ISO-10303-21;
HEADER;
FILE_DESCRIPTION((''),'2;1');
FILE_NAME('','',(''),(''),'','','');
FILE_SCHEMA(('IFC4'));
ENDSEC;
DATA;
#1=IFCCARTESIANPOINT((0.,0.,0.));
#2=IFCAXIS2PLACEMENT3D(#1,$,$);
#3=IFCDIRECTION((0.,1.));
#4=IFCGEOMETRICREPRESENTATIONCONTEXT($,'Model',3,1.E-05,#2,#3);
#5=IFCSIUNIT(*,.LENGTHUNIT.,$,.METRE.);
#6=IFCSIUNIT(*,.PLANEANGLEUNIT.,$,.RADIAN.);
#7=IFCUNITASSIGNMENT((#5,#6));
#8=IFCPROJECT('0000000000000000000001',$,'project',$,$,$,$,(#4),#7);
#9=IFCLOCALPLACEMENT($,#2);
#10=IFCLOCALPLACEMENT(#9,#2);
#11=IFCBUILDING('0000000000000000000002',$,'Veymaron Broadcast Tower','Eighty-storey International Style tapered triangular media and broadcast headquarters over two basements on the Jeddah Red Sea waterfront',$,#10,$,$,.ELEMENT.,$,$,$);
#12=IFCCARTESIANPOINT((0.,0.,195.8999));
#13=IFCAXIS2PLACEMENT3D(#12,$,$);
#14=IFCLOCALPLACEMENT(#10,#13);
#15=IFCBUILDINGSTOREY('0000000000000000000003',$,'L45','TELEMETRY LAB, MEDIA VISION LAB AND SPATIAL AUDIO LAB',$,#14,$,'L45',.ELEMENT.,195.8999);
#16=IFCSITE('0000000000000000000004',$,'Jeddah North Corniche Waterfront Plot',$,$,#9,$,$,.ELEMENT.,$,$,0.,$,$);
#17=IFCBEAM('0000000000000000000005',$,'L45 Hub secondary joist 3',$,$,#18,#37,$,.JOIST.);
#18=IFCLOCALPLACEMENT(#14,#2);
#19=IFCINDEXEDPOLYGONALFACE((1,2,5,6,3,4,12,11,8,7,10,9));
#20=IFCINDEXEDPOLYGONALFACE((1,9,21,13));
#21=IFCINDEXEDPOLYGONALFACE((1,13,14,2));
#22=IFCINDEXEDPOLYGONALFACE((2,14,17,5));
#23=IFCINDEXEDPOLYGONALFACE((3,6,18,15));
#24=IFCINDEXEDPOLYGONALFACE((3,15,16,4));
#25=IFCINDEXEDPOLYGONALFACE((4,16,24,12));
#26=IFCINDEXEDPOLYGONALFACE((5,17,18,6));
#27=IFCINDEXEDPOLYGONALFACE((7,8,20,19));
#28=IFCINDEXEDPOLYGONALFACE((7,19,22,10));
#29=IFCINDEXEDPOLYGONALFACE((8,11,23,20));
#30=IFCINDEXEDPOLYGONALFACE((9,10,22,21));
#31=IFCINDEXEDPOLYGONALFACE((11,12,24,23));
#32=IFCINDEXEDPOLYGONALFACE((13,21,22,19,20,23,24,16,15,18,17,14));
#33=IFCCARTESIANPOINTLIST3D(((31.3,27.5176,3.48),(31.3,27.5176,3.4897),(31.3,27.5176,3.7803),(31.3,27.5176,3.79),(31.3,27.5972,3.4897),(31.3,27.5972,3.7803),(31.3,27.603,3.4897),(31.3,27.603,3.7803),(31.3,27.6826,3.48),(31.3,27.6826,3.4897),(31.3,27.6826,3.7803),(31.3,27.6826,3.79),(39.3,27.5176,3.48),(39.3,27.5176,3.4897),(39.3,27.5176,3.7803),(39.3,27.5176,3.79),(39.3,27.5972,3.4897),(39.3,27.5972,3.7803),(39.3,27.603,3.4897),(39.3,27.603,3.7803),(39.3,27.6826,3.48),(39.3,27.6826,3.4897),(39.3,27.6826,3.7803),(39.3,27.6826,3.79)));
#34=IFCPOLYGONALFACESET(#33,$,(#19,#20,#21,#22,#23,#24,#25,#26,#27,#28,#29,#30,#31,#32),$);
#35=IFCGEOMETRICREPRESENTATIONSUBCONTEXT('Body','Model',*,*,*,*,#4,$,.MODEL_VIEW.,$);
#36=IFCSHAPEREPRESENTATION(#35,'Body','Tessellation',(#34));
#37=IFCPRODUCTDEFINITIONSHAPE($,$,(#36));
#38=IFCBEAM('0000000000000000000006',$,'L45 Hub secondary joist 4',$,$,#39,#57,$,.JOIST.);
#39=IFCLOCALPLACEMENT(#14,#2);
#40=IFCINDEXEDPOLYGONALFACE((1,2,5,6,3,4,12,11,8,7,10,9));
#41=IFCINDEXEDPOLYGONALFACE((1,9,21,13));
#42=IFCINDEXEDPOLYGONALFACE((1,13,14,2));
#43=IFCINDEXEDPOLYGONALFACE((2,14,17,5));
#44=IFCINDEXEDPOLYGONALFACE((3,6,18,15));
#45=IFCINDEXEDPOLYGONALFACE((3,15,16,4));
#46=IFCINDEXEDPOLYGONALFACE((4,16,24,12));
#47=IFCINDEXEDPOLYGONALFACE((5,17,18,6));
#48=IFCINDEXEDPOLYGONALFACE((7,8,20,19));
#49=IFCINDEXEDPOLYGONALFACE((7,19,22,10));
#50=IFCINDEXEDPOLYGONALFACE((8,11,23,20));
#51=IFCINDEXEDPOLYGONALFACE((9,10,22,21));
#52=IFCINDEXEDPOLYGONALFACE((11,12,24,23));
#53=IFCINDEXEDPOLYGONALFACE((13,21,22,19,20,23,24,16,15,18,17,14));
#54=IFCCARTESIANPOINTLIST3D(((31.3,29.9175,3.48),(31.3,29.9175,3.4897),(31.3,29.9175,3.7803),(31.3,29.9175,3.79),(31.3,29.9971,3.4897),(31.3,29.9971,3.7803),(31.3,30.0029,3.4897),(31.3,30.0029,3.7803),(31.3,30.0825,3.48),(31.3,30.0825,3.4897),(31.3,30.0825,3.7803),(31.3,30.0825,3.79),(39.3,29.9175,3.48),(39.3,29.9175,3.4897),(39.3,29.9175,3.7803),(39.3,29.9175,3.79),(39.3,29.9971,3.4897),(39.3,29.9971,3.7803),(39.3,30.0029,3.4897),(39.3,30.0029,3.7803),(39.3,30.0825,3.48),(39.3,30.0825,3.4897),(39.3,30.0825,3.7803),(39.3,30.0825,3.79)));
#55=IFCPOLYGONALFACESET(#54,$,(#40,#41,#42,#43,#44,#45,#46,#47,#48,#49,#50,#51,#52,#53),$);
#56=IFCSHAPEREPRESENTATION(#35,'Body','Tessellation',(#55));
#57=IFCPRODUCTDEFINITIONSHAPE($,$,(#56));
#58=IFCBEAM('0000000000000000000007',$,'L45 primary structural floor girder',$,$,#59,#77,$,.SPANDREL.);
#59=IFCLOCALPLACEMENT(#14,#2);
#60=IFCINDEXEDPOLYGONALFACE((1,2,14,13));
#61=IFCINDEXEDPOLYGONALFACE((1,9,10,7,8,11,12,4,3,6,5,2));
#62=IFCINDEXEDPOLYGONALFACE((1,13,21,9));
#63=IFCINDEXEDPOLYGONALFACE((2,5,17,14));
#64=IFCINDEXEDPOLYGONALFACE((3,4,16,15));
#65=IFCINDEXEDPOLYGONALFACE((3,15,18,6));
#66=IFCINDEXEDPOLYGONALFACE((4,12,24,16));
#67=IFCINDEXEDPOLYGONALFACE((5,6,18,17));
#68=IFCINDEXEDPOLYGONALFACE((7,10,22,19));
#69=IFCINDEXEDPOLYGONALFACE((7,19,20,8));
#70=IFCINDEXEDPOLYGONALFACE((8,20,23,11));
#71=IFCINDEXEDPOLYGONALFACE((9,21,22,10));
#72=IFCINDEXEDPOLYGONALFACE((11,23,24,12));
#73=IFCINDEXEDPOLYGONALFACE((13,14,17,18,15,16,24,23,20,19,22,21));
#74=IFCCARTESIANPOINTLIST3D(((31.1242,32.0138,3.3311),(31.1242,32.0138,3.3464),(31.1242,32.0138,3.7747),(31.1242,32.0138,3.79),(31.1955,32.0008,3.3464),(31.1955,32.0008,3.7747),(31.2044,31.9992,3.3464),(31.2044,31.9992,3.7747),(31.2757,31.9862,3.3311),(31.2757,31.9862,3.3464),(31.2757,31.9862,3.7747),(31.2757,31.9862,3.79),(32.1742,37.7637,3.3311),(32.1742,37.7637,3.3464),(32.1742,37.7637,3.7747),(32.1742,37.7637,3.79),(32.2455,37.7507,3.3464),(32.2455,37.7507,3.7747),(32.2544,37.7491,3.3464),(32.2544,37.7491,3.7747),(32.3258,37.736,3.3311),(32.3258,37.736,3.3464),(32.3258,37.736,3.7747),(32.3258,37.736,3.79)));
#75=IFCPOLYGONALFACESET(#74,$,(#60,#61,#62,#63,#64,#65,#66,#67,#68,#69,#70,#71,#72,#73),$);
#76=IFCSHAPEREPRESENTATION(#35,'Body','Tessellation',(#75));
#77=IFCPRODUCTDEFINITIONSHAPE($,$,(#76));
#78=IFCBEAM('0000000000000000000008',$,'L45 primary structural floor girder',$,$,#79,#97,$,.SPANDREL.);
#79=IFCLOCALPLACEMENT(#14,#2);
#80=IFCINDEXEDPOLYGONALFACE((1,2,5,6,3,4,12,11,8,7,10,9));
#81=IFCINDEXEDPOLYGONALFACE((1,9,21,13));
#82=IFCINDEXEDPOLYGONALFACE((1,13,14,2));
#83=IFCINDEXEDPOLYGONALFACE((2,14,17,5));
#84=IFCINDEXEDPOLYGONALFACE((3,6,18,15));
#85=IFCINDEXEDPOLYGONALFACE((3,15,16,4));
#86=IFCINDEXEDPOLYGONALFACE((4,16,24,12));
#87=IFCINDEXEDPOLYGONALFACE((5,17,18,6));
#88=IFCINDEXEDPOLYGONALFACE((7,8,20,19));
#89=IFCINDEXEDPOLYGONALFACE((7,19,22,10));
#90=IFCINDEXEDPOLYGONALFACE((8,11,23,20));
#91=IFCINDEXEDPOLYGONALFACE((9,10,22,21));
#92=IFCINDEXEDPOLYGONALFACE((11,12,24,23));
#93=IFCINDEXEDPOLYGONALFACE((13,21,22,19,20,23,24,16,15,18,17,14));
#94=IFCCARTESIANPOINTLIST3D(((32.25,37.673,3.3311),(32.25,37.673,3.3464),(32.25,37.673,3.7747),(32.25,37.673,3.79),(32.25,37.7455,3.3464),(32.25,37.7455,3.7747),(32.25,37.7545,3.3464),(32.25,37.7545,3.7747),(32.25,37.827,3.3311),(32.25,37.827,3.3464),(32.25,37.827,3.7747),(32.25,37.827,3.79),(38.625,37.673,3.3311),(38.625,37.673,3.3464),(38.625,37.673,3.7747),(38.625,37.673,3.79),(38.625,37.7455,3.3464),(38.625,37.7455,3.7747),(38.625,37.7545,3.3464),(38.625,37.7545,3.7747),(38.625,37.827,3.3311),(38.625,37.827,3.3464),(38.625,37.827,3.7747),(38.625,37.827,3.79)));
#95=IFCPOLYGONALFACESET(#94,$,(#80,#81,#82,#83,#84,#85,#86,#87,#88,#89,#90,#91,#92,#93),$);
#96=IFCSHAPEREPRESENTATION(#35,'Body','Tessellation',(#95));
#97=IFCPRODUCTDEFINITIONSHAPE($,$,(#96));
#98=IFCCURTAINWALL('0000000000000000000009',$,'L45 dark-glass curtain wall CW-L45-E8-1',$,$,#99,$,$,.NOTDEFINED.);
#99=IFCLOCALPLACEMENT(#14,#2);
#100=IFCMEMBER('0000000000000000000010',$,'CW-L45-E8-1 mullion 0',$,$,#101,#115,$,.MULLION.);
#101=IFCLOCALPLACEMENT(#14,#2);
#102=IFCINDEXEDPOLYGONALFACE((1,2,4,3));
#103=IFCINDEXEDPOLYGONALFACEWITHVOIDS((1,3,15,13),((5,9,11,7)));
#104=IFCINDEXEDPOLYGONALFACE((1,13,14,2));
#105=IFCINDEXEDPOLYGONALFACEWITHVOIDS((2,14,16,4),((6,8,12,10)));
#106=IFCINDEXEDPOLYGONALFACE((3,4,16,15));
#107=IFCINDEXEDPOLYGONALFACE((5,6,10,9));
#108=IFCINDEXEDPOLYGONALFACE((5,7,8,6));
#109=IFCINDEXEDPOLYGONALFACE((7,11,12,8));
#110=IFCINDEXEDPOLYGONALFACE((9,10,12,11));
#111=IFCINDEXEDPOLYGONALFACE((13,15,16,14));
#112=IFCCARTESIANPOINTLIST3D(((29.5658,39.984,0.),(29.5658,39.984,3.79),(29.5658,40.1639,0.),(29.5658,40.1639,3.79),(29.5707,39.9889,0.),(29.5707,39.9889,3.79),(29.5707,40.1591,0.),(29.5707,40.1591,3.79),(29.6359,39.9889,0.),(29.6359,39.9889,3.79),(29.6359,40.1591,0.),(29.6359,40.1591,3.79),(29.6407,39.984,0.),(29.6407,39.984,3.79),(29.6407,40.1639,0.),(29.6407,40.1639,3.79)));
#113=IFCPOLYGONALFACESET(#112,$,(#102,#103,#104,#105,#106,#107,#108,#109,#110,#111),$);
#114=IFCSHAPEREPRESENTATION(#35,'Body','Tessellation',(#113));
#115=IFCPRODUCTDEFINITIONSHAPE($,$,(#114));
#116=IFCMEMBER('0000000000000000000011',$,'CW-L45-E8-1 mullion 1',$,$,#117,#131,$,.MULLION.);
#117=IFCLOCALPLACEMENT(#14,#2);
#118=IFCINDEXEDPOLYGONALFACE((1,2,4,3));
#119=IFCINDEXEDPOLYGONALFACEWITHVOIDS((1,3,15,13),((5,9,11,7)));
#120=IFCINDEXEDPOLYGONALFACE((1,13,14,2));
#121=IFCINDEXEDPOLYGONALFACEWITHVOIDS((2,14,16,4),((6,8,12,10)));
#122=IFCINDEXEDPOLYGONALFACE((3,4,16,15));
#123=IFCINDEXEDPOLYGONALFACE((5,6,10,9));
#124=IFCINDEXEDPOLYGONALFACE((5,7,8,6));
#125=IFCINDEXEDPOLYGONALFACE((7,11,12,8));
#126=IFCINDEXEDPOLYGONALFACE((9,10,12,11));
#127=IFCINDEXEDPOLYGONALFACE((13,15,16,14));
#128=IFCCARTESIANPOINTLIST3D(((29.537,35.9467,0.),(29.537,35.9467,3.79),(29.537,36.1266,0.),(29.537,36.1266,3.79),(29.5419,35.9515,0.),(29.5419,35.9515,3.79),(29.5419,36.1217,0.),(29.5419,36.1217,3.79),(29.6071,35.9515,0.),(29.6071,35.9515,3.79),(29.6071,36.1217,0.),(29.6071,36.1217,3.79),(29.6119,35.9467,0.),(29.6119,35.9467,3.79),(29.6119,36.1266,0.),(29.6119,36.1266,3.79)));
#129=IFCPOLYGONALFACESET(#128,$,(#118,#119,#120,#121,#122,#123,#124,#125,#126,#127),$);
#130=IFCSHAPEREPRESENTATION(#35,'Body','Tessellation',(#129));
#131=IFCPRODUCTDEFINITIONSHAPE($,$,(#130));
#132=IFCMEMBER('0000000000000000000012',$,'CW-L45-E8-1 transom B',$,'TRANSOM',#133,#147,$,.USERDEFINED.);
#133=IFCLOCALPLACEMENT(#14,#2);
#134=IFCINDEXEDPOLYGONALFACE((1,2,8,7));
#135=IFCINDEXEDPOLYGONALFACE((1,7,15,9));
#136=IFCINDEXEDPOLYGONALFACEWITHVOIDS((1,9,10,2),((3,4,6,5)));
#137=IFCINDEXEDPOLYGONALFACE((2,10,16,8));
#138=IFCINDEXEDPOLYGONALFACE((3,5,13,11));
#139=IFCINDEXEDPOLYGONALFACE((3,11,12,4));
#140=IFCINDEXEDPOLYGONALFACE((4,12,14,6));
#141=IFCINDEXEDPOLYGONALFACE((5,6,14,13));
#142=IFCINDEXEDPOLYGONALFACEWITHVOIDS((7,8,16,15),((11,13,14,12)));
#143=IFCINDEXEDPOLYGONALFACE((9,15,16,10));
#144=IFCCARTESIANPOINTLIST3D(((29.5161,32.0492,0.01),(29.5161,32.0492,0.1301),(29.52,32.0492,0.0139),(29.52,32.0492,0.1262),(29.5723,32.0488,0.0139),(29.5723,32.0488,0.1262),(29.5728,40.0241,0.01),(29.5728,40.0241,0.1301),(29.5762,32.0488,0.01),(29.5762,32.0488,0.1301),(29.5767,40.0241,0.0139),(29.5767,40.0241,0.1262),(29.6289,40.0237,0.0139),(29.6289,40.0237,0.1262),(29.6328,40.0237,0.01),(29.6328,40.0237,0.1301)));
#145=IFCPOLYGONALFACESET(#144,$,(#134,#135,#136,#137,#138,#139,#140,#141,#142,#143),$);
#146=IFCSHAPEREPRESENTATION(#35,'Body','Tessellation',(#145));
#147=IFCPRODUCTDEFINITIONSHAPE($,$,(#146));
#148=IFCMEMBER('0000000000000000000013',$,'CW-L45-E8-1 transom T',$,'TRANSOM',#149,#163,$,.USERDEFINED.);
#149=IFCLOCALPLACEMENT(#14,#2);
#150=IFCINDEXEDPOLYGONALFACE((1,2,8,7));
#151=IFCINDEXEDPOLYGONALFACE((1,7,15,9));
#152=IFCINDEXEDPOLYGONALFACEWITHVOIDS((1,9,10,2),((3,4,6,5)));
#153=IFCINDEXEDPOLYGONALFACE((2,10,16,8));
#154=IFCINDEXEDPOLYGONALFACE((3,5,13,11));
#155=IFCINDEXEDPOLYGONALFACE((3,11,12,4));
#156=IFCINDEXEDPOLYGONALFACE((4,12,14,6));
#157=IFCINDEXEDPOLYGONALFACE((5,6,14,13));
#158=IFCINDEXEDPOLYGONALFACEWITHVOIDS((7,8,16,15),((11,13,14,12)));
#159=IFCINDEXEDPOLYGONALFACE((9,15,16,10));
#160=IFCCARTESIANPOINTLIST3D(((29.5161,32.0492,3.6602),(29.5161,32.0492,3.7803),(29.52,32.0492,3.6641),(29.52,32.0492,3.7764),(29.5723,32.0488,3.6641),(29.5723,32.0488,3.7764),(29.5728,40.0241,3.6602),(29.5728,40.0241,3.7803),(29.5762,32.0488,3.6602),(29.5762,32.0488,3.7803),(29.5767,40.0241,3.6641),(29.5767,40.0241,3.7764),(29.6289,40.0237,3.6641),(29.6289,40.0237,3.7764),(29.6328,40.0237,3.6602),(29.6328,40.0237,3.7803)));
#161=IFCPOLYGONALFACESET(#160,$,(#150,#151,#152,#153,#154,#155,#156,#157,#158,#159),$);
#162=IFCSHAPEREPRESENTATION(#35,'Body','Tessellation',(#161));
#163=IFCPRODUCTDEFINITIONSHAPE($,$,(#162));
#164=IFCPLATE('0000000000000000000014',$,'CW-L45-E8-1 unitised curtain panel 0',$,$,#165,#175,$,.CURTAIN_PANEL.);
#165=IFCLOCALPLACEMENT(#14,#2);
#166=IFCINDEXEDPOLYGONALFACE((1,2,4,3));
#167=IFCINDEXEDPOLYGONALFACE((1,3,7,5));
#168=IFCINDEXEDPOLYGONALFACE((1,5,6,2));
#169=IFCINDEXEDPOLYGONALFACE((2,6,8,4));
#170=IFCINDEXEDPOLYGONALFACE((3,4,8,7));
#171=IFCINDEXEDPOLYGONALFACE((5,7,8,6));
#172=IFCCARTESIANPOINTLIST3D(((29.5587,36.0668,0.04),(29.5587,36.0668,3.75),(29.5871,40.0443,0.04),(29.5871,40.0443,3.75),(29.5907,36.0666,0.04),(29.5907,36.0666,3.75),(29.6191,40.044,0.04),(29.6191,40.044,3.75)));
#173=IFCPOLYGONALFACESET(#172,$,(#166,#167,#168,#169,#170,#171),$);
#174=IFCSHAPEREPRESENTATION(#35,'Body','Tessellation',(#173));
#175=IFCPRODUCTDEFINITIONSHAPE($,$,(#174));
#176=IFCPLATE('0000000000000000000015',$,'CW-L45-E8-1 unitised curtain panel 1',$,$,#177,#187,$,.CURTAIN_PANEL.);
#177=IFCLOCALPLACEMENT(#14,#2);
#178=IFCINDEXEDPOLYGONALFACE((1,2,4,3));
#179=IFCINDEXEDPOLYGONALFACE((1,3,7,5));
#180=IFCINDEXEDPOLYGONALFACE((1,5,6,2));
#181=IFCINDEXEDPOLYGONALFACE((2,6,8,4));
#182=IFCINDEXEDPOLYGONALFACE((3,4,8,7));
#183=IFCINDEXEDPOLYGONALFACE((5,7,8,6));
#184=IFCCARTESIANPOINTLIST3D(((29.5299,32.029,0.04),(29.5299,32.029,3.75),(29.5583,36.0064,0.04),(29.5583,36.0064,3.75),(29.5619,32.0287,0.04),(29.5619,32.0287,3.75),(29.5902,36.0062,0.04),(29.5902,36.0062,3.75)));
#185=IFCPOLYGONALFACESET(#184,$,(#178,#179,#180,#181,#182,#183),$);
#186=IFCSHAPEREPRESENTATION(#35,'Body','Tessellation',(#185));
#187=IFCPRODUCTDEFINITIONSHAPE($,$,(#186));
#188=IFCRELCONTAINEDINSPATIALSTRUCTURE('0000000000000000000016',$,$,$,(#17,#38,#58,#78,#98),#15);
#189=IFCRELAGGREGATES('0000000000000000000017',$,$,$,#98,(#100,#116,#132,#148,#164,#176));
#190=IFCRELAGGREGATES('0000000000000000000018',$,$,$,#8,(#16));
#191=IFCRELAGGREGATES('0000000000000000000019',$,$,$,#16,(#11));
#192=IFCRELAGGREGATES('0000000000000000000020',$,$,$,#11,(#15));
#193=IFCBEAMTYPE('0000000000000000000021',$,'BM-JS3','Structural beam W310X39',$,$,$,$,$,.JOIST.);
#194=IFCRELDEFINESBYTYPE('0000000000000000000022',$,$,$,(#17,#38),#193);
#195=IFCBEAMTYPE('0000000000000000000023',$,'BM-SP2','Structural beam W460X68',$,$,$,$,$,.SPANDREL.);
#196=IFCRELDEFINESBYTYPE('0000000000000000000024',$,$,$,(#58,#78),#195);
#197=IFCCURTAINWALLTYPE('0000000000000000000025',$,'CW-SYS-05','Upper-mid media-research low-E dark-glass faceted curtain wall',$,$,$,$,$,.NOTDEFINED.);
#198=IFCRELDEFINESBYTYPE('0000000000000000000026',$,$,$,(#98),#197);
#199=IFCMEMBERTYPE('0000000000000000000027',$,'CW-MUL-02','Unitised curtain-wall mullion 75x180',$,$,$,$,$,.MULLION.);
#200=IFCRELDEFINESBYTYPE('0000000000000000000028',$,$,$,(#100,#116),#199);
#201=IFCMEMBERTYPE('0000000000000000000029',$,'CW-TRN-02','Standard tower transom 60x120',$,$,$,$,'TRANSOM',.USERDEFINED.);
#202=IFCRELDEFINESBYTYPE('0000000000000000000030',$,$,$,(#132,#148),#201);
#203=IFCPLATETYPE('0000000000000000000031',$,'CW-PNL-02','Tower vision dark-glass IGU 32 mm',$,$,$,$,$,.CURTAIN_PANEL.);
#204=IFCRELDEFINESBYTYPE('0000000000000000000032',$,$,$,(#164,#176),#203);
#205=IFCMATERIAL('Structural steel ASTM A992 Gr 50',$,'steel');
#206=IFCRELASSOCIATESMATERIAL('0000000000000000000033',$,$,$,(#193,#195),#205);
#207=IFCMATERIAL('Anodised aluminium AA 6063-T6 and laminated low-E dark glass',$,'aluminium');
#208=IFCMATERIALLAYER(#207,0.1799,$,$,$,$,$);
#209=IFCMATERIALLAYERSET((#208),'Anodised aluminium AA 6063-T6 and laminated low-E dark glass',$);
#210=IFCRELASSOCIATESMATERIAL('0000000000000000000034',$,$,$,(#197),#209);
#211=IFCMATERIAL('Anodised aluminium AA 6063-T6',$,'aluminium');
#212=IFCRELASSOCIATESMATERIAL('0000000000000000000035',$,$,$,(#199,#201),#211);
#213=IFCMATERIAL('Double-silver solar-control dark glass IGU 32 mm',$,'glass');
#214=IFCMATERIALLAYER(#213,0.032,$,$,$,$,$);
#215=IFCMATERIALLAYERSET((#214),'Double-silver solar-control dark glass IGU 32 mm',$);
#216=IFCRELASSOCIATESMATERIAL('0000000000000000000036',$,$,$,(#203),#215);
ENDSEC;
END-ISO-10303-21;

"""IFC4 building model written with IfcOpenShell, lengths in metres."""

from ifc_helpers import new_model, si_unit, direction, frame, origin, origin_2d, place, context, subcontext, project, spatial, rectangle, hollow_rectangle, i_section, extrude, material, layer, layer_set, material_profile, profile_set, type_object, element, aggregate, save


model = new_model("IFC4")

# Units and contexts
model_context = context("Model", 3, precision=1e-05, world=origin(), true_north=direction((0.0, 1.0)))
body_context = subcontext(model_context, "Body", "Model", "MODEL_VIEW")
ifc_project = project(units=[si_unit("LENGTHUNIT", "METRE"), si_unit("PLANEANGLEUNIT", "RADIAN")], contexts=[model_context])

# Site, building, storey
site_placement = place(None, origin())
site = spatial("IfcSite", under=ifc_project, at=site_placement, Name="Jeddah North Corniche Waterfront Plot", CompositionType="ELEMENT", RefElevation=0.0)
building_placement = place(site_placement, origin())
building = spatial("IfcBuilding", under=site, at=building_placement, Name="Veymaron Broadcast Tower", Description="Eighty-storey International Style tapered triangular media and broadcast headquarters over two basements on the Jeddah Red Sea waterfront", CompositionType="ELEMENT")
storey_placement = place(building_placement, frame((0.0, 0.0, 195.8999)))
storey = spatial("IfcBuildingStorey", under=building, at=storey_placement, Name="L45", Description="TELEMETRY LAB, MEDIA VISION LAB AND SPATIAL AUDIO LAB", LongName="L45", CompositionType="ELEMENT", Elevation=195.8999)

# Shared definitions
ifc_material_1 = material(Name="Structural steel ASTM A992 Gr 50", Category="steel")

# Beams
ifc_material_profile_1 = material_profile(ifc_material_1, i_section(OverallWidth=0.165, OverallDepth=0.3101, WebThickness=0.0059, FlangeThickness=0.0098, at=origin_2d()), Name="W310X39")
ifc_profile_set_1 = profile_set([ifc_material_profile_1], Name="Structural steel ASTM A992 Gr 50")
beam_type_1 = type_object("IfcBeamType", Name="BM-JS3", Description="Structural beam W310X39", PredefinedType="JOIST", material=ifc_profile_set_1)
for number, where, z_axis, x_axis, name in (
    (1, (31.3, 27.6001, 3.635), (1.0, 0.0, 0.0), (0.0, 1.0, 0.0), "L45 Hub secondary joist 3"),
    (2, (31.3, 30.0, 3.635), (1.0, 0.0, 0.0), (0.0, 1.0, 0.0), "L45 Hub secondary joist 4"),
):
    element("IfcBeam", number, at=place(storey_placement, frame(where, z_axis=z_axis, x_axis=x_axis)), inside=storey, type_object=beam_type_1, Name=name, PredefinedType="JOIST", context=body_context, shape_type="SweptSolid", body=[
        extrude(i_section(OverallWidth=0.165, OverallDepth=0.3101, WebThickness=0.0059, FlangeThickness=0.0098, at=origin_2d()), origin(), (0.0, 0.0, 1.0), 8.0),
    ])
ifc_material_profile_2 = material_profile(ifc_material_1, i_section(OverallWidth=0.1541, OverallDepth=0.459, WebThickness=0.009, FlangeThickness=0.0154, at=origin_2d()), Name="W460X68")
ifc_profile_set_2 = profile_set([ifc_material_profile_2], Name="Structural steel ASTM A992 Gr 50")
beam_type_2 = type_object("IfcBeamType", Name="BM-SP2", Description="Structural beam W460X68", PredefinedType="SPANDREL", material=ifc_profile_set_2)
beam_1_placement = place(storey_placement, frame((31.2, 32.0, 3.5605), z_axis=(0.179646, 0.983731, 0.0), x_axis=(-0.983731, 0.179646, 0.0)))
element("IfcBeam", 3, at=beam_1_placement, inside=storey, type_object=beam_type_2, Name="L45 primary structural floor girder", PredefinedType="SPANDREL", context=body_context, shape_type="SweptSolid", body=[
    extrude(i_section(OverallWidth=0.1541, OverallDepth=0.459, WebThickness=0.009, FlangeThickness=0.0154, at=origin_2d()), origin(), (0.0, 0.0, 1.0), 5.845),
])
beam_2_placement = place(storey_placement, frame((32.25, 37.75, 3.5605), z_axis=(1.0, 0.0, 0.0), x_axis=(0.0, 1.0, 0.0)))
element("IfcBeam", 4, at=beam_2_placement, inside=storey, type_object=beam_type_2, Name="L45 primary structural floor girder", PredefinedType="SPANDREL", context=body_context, shape_type="SweptSolid", body=[
    extrude(i_section(OverallWidth=0.1541, OverallDepth=0.459, WebThickness=0.009, FlangeThickness=0.0154, at=origin_2d()), origin(), (0.0, 0.0, 1.0), 6.375),
])

# Curtain wall, members, plates
ifc_material_2 = material(Name="Anodised aluminium AA 6063-T6 and laminated low-E dark glass", Category="aluminium")
ifc_layer_1 = layer(ifc_material_2, 0.1799)
ifc_layer_set_1 = layer_set([ifc_layer_1], Name="Anodised aluminium AA 6063-T6 and laminated low-E dark glass")
curtain_wall_type = type_object("IfcCurtainWallType", Name="CW-SYS-05", Description="Upper-mid media-research low-E dark-glass faceted curtain wall", PredefinedType="NOTDEFINED", material=ifc_layer_set_1)
curtain_wall_placement = place(storey_placement, origin())
curtain_wall = element("IfcCurtainWall", 5, at=curtain_wall_placement, inside=storey, type_object=curtain_wall_type, Name="L45 dark-glass curtain wall CW-L45-E8-1", PredefinedType="NOTDEFINED")
ifc_material_3 = material(Name="Anodised aluminium AA 6063-T6", Category="aluminium")
ifc_material_profile_3 = material_profile(ifc_material_3, hollow_rectangle(XDim=0.075, YDim=0.1799, WallThickness=0.0049, at=origin_2d()), Name="AL180X75X5")
ifc_profile_set_3 = profile_set([ifc_material_profile_3], Name="Anodised aluminium AA 6063-T6")
member_type_1 = type_object("IfcMemberType", Name="CW-MUL-02", Description="Unitised curtain-wall mullion 75x180", PredefinedType="MULLION", material=ifc_profile_set_3)
member_1_placement = place(storey_placement, frame((29.6033, 40.074, 0.0), z_axis=(0.0, 0.0, 1.0), x_axis=(1.0, 0.0, 0.0)))
member_1 = element("IfcMember", 6, at=member_1_placement, type_object=member_type_1, Name="CW-L45-E8-1 mullion 0", PredefinedType="MULLION", context=body_context, shape_type="SweptSolid", body=[
    extrude(hollow_rectangle(XDim=0.075, YDim=0.1799, WallThickness=0.0049, at=origin_2d()), origin(), (0.0, 0.0, 1.0), 3.79),
])
member_2_placement = place(storey_placement, frame((29.5745, 36.0366, 0.0), z_axis=(0.0, 0.0, 1.0), x_axis=(1.0, 0.0, 0.0)))
member_2 = element("IfcMember", 7, at=member_2_placement, type_object=member_type_1, Name="CW-L45-E8-1 mullion 1", PredefinedType="MULLION", context=body_context, shape_type="SweptSolid", body=[
    extrude(hollow_rectangle(XDim=0.075, YDim=0.1799, WallThickness=0.0049, at=origin_2d()), origin(), (0.0, 0.0, 1.0), 3.79),
])
ifc_material_profile_4 = material_profile(ifc_material_3, hollow_rectangle(XDim=0.0601, YDim=0.1201, WallThickness=0.0039, at=origin_2d()), Name="AL120X60X4")
ifc_profile_set_4 = profile_set([ifc_material_profile_4], Name="Anodised aluminium AA 6063-T6")
member_type_2 = type_object("IfcMemberType", Name="CW-TRN-02", Description="Standard tower transom 60x120", ElementType="TRANSOM", PredefinedType="USERDEFINED", material=ifc_profile_set_4)
member_3_placement = place(storey_placement, frame((29.6028, 40.0239, 0.0701), z_axis=(-0.007102, -0.999975, 0.0), x_axis=(0.999975, -0.007102, 0.0)))
member_3 = element("IfcMember", 8, at=member_3_placement, type_object=member_type_2, Name="CW-L45-E8-1 transom B", ObjectType="TRANSOM", PredefinedType="USERDEFINED", context=body_context, shape_type="SweptSolid", body=[
    extrude(hollow_rectangle(XDim=0.0601, YDim=0.1201, WallThickness=0.0039, at=origin_2d()), origin(), (0.0, 0.0, 1.0), 7.9751),
])
member_4_placement = place(storey_placement, frame((29.6028, 40.0239, 3.7202), z_axis=(-0.007102, -0.999975, 0.0), x_axis=(0.999975, -0.007102, 0.0)))
member_4 = element("IfcMember", 9, at=member_4_placement, type_object=member_type_2, Name="CW-L45-E8-1 transom T", ObjectType="TRANSOM", PredefinedType="USERDEFINED", context=body_context, shape_type="SweptSolid", body=[
    extrude(hollow_rectangle(XDim=0.0601, YDim=0.1201, WallThickness=0.0039, at=origin_2d()), origin(), (0.0, 0.0, 1.0), 7.9751),
])
ifc_material_4 = material(Name="Double-silver solar-control dark glass IGU 32 mm", Category="glass")
ifc_layer_2 = layer(ifc_material_4, 0.032)
ifc_layer_set_2 = layer_set([ifc_layer_2], Name="Double-silver solar-control dark glass IGU 32 mm")
plate_type = type_object("IfcPlateType", Name="CW-PNL-02", Description="Tower vision dark-glass IGU 32 mm", PredefinedType="CURTAIN_PANEL", material=ifc_layer_set_2)
plate_1_placement = place(storey_placement, frame((29.5889, 38.0554, 0.04), z_axis=(0.0, 0.0, 1.0), x_axis=(-0.007138, -0.999975, 0.0)))
plate_1 = element("IfcPlate", 10, at=plate_1_placement, type_object=plate_type, Name="CW-L45-E8-1 unitised curtain panel 0", PredefinedType="CURTAIN_PANEL", context=body_context, shape_type="SweptSolid", body=[
    extrude(rectangle(XDim=3.9775, YDim=0.032, at=origin_2d()), origin(), (0.0, 0.0, 1.0), 3.71),
])
plate_2_placement = place(storey_placement, frame((29.5601, 34.0176, 0.04), z_axis=(0.0, 0.0, 1.0), x_axis=(-0.007138, -0.999975, 0.0)))
plate_2 = element("IfcPlate", 11, at=plate_2_placement, type_object=plate_type, Name="CW-L45-E8-1 unitised curtain panel 1", PredefinedType="CURTAIN_PANEL", context=body_context, shape_type="SweptSolid", body=[
    extrude(rectangle(XDim=3.9775, YDim=0.032, at=origin_2d()), origin(), (0.0, 0.0, 1.0), 3.71),
])
aggregate(curtain_wall, [member_1, member_2, member_3, member_4, plate_1, plate_2])

save(model, "model.ifc")
